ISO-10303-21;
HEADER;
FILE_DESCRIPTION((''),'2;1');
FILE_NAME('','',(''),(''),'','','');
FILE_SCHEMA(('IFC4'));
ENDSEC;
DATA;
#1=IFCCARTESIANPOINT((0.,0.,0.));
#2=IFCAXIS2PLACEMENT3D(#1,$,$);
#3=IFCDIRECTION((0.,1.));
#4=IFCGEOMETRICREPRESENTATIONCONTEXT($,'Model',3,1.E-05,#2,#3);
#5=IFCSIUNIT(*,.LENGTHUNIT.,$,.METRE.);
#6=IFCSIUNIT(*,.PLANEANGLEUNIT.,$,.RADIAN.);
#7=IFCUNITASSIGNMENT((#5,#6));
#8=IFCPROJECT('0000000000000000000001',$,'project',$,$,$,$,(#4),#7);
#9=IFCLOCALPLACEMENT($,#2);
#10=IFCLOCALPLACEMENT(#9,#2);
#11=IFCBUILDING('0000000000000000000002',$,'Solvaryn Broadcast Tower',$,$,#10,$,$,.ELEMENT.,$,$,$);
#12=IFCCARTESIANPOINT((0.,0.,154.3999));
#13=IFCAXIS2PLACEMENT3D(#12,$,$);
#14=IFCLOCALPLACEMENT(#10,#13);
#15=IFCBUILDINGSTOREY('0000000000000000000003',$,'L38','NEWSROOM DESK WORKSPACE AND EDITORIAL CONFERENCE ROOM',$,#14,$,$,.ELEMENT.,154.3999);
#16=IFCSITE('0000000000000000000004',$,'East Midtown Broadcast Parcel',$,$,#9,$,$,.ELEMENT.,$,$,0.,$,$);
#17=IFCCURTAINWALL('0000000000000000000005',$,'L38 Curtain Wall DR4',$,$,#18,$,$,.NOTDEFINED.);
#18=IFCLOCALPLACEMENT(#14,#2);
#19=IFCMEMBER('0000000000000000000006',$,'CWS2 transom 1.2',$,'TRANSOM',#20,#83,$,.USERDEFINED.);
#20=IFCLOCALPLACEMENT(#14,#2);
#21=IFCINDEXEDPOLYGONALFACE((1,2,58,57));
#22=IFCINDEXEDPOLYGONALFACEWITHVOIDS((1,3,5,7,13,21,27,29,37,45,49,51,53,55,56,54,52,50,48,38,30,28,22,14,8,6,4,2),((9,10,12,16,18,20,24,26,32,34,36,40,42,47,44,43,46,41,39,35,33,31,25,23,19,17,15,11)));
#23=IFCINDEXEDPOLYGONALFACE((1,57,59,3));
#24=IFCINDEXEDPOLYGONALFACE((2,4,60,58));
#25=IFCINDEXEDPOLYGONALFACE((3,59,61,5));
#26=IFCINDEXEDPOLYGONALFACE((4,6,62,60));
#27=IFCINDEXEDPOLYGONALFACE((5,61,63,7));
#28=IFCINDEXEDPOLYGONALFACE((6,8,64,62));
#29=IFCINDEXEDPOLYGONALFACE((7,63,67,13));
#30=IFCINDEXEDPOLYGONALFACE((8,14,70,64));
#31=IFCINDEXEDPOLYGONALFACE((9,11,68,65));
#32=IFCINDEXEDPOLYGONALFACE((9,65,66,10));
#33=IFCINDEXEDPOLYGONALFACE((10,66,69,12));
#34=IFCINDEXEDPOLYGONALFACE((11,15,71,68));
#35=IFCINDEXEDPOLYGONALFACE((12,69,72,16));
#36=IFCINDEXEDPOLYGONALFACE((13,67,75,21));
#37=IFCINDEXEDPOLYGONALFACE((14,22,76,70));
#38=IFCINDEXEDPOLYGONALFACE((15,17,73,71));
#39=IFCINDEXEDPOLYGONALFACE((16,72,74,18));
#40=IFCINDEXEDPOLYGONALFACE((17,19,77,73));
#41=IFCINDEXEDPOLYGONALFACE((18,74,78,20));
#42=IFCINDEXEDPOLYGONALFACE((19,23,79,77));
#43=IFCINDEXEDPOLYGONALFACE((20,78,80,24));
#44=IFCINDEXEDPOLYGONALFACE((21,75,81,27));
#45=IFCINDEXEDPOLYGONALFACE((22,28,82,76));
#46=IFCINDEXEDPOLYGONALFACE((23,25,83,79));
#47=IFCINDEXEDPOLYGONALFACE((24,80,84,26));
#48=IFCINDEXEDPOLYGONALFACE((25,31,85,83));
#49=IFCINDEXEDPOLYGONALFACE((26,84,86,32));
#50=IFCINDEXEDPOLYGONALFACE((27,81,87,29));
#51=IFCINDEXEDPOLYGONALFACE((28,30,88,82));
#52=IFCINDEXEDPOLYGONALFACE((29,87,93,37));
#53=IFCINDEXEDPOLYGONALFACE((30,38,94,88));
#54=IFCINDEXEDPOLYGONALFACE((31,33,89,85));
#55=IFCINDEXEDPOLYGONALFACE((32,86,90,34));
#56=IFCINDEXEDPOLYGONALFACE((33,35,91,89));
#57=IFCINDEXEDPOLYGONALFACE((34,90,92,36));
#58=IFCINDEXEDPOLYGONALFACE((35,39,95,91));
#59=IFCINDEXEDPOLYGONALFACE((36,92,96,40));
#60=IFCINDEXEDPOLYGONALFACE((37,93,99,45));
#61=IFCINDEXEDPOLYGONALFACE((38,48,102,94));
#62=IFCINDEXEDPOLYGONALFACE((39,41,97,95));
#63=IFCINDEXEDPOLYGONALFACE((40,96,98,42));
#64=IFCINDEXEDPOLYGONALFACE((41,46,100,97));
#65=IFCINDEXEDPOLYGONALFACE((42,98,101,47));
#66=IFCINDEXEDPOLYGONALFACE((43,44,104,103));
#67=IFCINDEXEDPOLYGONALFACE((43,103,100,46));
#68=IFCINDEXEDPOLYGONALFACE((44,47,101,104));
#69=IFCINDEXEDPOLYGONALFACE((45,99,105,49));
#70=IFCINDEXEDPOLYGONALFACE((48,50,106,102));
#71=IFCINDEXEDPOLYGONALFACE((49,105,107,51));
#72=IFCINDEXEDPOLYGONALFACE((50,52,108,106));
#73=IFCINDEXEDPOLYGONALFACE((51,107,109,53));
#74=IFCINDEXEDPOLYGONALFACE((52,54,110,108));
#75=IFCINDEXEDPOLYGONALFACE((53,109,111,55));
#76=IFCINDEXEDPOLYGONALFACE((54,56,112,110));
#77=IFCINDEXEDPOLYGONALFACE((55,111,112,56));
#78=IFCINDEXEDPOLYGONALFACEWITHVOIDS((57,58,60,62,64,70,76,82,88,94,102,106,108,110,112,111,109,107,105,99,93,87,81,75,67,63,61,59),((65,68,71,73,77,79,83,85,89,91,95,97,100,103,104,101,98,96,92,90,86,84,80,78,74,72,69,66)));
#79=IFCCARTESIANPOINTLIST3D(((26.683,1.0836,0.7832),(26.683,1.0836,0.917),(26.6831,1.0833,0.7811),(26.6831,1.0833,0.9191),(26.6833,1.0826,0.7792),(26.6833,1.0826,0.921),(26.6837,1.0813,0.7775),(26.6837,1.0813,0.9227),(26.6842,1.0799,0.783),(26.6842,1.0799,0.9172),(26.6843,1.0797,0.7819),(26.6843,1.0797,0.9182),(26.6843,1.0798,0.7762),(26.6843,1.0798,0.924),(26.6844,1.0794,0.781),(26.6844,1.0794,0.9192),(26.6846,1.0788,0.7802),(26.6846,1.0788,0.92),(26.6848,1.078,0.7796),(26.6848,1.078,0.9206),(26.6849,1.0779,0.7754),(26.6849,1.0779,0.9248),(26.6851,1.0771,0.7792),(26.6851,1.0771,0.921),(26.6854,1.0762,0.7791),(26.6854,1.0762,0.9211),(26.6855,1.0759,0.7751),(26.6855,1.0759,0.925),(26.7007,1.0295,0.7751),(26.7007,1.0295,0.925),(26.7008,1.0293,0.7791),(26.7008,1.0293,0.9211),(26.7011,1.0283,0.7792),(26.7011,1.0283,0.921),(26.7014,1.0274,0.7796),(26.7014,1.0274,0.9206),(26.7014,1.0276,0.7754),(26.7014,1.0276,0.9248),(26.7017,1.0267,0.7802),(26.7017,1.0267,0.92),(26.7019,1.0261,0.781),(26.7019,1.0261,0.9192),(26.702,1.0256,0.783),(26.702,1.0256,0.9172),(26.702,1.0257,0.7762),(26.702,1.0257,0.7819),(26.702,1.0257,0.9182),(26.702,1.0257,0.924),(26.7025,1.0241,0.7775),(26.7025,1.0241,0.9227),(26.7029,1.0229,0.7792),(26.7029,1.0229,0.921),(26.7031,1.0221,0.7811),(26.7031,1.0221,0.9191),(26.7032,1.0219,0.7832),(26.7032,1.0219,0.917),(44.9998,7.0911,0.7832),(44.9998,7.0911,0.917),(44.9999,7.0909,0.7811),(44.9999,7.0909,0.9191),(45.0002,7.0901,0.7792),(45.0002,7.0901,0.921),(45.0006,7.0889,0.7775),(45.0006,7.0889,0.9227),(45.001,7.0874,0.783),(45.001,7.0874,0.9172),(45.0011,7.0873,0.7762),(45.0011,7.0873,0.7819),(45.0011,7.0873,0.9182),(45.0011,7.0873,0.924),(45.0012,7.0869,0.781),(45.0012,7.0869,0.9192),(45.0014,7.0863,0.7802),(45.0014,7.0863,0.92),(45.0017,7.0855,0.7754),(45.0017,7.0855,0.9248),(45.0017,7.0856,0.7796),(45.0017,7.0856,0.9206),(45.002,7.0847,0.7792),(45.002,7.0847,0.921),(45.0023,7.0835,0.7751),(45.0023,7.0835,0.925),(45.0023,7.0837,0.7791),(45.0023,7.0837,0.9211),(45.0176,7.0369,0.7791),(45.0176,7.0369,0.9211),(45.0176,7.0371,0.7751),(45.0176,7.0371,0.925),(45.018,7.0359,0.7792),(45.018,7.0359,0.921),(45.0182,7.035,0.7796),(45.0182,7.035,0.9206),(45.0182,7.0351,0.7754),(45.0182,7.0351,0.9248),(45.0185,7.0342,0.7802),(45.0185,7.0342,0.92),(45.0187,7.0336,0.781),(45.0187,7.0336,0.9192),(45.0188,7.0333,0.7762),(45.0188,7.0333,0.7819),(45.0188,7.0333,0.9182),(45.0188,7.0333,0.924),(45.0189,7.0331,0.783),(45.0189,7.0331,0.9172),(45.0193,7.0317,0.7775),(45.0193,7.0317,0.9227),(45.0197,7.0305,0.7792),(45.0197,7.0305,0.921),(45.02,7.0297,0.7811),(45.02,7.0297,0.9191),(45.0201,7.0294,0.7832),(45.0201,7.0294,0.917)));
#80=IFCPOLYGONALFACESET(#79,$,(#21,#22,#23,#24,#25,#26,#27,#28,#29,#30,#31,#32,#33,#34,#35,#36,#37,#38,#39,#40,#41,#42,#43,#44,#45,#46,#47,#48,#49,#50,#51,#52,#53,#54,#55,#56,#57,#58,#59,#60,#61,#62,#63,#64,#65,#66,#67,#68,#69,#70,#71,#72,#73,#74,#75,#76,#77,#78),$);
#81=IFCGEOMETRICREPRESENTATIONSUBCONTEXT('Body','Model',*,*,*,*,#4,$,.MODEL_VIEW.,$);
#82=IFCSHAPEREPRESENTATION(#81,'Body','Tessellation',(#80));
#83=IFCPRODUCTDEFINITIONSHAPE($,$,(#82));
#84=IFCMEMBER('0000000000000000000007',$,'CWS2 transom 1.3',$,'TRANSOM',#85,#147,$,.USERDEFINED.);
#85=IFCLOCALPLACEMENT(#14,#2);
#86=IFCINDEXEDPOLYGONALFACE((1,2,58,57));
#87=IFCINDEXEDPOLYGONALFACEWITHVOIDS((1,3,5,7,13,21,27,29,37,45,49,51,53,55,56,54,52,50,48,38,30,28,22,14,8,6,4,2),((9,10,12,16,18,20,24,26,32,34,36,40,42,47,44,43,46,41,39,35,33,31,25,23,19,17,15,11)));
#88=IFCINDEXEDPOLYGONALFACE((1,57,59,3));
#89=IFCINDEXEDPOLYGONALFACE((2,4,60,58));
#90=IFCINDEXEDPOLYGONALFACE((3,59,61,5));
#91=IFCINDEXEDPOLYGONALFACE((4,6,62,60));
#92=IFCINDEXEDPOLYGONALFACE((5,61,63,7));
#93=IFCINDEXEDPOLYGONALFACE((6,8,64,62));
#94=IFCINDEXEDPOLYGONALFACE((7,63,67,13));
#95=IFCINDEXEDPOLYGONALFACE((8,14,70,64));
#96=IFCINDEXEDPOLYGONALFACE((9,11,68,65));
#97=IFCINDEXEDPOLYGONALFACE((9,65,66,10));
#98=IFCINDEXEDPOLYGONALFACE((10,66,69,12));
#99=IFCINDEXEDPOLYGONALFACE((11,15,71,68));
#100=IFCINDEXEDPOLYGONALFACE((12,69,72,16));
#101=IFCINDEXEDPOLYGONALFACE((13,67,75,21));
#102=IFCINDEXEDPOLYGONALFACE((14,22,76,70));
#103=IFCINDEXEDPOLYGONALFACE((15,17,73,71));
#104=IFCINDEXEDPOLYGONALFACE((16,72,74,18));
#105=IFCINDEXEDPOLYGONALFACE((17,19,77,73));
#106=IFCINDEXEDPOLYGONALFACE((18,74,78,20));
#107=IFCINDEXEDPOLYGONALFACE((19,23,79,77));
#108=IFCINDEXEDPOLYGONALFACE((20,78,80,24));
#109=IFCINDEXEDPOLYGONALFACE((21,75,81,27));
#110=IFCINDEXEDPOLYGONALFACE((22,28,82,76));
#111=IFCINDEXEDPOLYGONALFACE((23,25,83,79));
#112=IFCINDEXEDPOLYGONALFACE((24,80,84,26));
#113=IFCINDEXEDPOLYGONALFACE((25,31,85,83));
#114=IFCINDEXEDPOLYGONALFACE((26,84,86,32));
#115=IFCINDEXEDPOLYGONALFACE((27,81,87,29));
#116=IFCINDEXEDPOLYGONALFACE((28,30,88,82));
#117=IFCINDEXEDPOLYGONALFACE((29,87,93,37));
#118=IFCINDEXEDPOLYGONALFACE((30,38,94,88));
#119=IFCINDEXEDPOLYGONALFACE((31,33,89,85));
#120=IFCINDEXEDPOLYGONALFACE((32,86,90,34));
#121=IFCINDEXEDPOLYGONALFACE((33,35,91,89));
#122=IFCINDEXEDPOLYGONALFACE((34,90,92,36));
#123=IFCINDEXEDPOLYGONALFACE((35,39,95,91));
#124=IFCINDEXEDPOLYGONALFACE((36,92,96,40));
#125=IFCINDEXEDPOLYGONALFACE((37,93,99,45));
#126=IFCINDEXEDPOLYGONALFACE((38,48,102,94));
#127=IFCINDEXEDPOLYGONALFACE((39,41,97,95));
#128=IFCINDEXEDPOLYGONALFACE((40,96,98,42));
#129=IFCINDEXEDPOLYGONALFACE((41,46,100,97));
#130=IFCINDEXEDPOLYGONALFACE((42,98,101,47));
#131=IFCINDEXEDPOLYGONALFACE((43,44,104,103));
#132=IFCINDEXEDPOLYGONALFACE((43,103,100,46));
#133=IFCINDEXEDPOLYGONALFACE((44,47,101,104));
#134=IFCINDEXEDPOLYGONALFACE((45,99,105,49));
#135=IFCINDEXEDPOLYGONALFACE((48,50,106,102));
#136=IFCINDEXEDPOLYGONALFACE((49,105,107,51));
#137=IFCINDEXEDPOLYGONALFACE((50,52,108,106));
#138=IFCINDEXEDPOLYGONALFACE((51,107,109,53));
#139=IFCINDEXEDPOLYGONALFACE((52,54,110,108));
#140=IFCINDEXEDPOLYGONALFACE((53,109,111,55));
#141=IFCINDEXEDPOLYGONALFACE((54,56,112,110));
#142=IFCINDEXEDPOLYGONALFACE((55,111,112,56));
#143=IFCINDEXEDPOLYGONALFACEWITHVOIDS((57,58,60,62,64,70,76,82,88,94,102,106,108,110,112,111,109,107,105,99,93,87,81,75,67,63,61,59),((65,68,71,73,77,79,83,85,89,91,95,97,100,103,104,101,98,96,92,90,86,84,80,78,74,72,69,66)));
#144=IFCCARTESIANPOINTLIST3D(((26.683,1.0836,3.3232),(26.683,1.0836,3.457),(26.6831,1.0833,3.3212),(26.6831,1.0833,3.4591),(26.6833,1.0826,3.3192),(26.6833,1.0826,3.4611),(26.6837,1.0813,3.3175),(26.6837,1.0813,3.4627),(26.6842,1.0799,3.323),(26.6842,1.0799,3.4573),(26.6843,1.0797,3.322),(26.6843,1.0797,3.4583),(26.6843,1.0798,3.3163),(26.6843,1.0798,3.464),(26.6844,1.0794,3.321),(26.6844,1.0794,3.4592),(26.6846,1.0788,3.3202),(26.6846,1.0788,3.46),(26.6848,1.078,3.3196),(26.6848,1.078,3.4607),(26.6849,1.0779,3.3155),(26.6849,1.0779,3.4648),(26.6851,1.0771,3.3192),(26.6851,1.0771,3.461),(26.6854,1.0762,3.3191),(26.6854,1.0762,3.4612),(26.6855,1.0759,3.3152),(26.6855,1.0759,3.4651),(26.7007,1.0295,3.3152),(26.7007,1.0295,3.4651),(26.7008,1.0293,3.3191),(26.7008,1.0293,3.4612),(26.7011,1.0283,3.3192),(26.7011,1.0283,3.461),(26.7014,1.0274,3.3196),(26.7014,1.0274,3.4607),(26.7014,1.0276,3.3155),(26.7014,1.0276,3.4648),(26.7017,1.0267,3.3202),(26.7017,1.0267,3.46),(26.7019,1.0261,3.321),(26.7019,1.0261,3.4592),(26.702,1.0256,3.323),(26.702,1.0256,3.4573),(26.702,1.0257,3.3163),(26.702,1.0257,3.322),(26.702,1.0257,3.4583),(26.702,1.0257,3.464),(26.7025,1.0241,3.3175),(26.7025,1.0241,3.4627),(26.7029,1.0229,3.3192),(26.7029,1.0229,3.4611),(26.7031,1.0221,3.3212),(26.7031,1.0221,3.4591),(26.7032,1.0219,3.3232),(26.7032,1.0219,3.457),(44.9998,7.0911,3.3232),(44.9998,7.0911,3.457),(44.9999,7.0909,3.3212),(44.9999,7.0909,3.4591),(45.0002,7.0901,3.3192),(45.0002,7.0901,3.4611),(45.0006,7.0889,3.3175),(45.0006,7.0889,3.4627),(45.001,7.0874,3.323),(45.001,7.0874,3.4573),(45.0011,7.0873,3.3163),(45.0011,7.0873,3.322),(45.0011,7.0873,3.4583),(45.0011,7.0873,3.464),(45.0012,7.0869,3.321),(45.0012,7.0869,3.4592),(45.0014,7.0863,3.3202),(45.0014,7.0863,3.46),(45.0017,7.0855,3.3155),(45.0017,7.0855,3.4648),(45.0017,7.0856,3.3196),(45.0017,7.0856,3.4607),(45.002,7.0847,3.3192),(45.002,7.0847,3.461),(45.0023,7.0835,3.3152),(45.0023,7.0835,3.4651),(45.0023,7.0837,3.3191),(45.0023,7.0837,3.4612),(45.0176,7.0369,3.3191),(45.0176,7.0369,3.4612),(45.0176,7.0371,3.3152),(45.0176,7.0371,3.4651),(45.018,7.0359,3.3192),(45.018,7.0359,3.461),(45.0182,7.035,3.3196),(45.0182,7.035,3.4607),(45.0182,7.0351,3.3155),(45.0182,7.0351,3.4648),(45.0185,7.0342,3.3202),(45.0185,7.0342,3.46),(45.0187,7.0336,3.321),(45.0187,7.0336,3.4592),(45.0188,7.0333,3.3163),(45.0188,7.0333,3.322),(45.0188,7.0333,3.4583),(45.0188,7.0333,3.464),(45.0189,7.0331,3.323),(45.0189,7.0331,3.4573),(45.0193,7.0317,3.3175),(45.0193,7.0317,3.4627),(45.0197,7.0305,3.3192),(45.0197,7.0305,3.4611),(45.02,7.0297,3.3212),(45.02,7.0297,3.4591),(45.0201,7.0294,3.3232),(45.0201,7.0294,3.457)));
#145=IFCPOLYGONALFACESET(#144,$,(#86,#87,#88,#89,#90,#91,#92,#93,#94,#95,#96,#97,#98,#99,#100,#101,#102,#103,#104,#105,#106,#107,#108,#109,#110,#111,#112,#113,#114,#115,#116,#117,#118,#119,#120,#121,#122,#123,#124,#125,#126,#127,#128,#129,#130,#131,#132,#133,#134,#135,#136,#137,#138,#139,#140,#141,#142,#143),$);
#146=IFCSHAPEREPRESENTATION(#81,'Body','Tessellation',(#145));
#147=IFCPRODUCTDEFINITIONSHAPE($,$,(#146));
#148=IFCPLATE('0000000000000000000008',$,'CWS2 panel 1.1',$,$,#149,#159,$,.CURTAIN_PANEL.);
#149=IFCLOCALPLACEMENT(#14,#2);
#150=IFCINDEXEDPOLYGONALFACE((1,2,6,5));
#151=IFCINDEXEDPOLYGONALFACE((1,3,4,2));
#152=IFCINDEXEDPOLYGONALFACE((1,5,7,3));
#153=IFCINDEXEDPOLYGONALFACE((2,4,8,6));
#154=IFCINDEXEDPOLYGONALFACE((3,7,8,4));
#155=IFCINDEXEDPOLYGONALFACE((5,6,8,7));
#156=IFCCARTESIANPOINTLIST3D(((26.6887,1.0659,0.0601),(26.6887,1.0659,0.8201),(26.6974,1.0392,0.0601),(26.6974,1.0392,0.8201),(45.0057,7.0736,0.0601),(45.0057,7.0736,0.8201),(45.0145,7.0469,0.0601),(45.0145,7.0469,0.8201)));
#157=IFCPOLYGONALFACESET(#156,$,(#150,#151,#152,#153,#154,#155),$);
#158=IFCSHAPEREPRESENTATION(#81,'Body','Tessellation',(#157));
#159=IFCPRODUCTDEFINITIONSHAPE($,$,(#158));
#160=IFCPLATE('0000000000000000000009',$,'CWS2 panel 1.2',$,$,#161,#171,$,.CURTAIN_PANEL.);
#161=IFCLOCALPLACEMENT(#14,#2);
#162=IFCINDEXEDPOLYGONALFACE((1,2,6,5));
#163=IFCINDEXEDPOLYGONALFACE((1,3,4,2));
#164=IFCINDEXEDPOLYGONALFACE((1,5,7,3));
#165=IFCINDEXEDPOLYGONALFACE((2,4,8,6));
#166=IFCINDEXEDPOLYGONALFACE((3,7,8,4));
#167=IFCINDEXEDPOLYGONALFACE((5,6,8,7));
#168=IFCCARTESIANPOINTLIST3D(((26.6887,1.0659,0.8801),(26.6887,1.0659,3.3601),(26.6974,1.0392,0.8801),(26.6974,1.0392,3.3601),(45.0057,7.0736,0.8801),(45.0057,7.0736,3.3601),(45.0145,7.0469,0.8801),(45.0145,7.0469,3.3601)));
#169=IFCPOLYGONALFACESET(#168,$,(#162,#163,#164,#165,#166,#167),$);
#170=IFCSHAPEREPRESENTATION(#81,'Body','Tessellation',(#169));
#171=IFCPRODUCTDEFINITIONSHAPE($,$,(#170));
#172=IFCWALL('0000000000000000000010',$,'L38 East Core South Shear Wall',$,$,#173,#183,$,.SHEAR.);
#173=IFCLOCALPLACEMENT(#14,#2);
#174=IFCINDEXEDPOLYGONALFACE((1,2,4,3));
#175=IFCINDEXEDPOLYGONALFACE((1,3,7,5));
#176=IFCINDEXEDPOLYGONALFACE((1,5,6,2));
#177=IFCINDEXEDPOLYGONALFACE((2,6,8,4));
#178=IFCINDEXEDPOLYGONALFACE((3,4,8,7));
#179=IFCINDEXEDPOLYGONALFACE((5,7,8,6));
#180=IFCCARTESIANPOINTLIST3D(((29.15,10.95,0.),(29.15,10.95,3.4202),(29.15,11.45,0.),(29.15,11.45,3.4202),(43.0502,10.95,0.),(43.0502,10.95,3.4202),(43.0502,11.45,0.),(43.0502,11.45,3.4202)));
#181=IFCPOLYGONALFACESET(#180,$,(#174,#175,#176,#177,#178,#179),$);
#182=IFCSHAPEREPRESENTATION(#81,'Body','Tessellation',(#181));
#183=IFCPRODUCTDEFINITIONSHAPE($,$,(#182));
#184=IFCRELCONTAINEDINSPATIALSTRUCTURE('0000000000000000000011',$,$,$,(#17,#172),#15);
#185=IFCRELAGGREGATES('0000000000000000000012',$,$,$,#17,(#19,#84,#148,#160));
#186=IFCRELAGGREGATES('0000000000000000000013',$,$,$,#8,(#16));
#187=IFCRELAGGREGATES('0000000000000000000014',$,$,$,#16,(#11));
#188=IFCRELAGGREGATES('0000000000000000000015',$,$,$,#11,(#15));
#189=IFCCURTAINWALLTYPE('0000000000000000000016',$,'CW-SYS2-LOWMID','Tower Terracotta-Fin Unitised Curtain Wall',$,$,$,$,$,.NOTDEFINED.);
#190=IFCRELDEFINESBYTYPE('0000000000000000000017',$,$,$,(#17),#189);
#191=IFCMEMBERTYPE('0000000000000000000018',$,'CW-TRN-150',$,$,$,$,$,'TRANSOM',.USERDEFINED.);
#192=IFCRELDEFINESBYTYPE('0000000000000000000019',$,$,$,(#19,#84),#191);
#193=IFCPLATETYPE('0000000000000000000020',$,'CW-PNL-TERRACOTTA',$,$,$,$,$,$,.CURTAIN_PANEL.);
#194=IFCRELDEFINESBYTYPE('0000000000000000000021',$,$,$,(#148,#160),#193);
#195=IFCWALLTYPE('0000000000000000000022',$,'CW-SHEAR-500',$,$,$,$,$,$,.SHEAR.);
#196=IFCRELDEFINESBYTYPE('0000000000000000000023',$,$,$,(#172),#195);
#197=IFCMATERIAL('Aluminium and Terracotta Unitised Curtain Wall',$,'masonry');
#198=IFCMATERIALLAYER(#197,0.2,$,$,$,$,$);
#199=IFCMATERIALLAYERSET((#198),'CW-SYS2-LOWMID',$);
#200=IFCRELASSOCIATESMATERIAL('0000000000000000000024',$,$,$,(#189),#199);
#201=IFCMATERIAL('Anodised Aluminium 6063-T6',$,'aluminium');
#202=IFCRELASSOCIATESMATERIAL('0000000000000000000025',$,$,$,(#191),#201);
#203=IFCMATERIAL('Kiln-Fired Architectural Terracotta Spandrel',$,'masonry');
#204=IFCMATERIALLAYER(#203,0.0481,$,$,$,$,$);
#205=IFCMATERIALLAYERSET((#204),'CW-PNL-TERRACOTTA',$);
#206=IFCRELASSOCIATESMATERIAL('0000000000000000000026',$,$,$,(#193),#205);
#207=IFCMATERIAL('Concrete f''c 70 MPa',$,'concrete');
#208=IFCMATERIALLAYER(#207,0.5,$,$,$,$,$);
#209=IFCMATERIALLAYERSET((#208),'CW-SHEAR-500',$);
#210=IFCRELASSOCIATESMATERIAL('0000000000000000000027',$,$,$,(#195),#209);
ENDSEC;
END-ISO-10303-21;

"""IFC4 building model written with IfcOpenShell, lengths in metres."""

from ifc_helpers import new_model, si_unit, direction, frame, frame_2d, origin, origin_2d, place, context, subcontext, project, spatial, rectangle, hollow_rectangle, extrude, material, layer, layer_set, material_profile, profile_set, type_object, element, aggregate, save


model = new_model("IFC4")

# Units and contexts
model_context = context("Model", 3, precision=1e-05, world=origin(), true_north=direction((0.0, 1.0)))
body_context = subcontext(model_context, "Body", "Model", "MODEL_VIEW")
ifc_project = project(units=[si_unit("LENGTHUNIT", "METRE"), si_unit("PLANEANGLEUNIT", "RADIAN")], contexts=[model_context])

# Site, building, storey
site_placement = place(None, origin())
site = spatial("IfcSite", under=ifc_project, at=site_placement, Name="East Midtown Broadcast Parcel", CompositionType="ELEMENT", RefElevation=0.0)
building_placement = place(site_placement, origin())
building = spatial("IfcBuilding", under=site, at=building_placement, Name="Solvaryn Broadcast Tower", CompositionType="ELEMENT")
storey_placement = place(building_placement, frame((0.0, 0.0, 154.3999)))
storey = spatial("IfcBuildingStorey", under=building, at=storey_placement, Name="L38", Description="NEWSROOM DESK WORKSPACE AND EDITORIAL CONFERENCE ROOM", CompositionType="ELEMENT", Elevation=154.3999)

# Shared definitions
ifc_material_1 = material(Name="Aluminium and Terracotta Unitised Curtain Wall", Category="masonry")
ifc_layer_1 = layer(ifc_material_1, 0.2)
ifc_layer_set_1 = layer_set([ifc_layer_1], Name="CW-SYS2-LOWMID")
curtain_wall_type = type_object("IfcCurtainWallType", Name="CW-SYS2-LOWMID", Description="Tower Terracotta-Fin Unitised Curtain Wall", PredefinedType="NOTDEFINED", material=ifc_layer_set_1)

# Curtain wall, members, plates
curtain_wall_1_placement = place(storey_placement, origin())
curtain_wall_1 = element("IfcCurtainWall", 1, at=curtain_wall_1_placement, inside=storey, type_object=curtain_wall_type, Name="L38 Curtain Wall DR4", PredefinedType="NOTDEFINED")
ifc_material_2 = material(Name="Anodised Aluminium 6063-T6", Category="aluminium")
ifc_material_profile_1 = material_profile(ifc_material_2, hollow_rectangle(XDim=0.0649, YDim=0.1499, WallThickness=0.0039, InnerFilletRadius=0.0039, OuterFilletRadius=0.0081, at=origin_2d()))
ifc_profile_set_1 = profile_set([ifc_material_profile_1], Name="Anodised Aluminium 6063-T6")
member_type_1 = type_object("IfcMemberType", Name="CW-TRN-150", ElementType="TRANSOM", PredefinedType="USERDEFINED", material=ifc_profile_set_1)
member_1_placement = place(storey_placement, frame((26.6931, 1.0527, 0.8501), z_axis=(0.950198, 0.311646, 0.0), x_axis=(-0.311646, 0.950198, 0.0)))
member_1 = element("IfcMember", 2, at=member_1_placement, type_object=member_type_1, Name="CWS2 transom 1.2", ObjectType="TRANSOM", PredefinedType="USERDEFINED", context=body_context, shape_type="SweptSolid", body=[
    extrude(hollow_rectangle(XDim=0.0649, YDim=0.1499, WallThickness=0.0039, InnerFilletRadius=0.0039, OuterFilletRadius=0.0081, at=origin_2d()), origin(), (0.0, 0.0, 1.0), 19.2769),
])
member_2_placement = place(storey_placement, frame((26.6931, 1.0527, 3.3901), z_axis=(0.950198, 0.311646, 0.0), x_axis=(-0.311646, 0.950198, 0.0)))
member_2 = element("IfcMember", 3, at=member_2_placement, type_object=member_type_1, Name="CWS2 transom 1.3", ObjectType="TRANSOM", PredefinedType="USERDEFINED", context=body_context, shape_type="SweptSolid", body=[
    extrude(hollow_rectangle(XDim=0.0649, YDim=0.1499, WallThickness=0.0039, InnerFilletRadius=0.0039, OuterFilletRadius=0.0081, at=origin_2d()), origin(), (0.0, 0.0, 1.0), 19.2769),
])
ifc_material_3 = material(Name="Kiln-Fired Architectural Terracotta Spandrel", Category="masonry")
ifc_layer_2 = layer(ifc_material_3, 0.0481)
ifc_layer_set_2 = layer_set([ifc_layer_2], Name="CW-PNL-TERRACOTTA")
plate_type = type_object("IfcPlateType", Name="CW-PNL-TERRACOTTA", PredefinedType="CURTAIN_PANEL", material=ifc_layer_set_2)
plate_1_placement = place(storey_placement, frame((35.8516, 4.0564, 0.0601), z_axis=(0.0, 0.0, 1.0), x_axis=(0.950198, 0.311646, 0.0)))
plate_1 = element("IfcPlate", 4, at=plate_1_placement, type_object=plate_type, Name="CWS2 panel 1.1", PredefinedType="CURTAIN_PANEL", context=body_context, shape_type="SweptSolid", body=[
    extrude(rectangle(XDim=19.2771, YDim=0.0281, at=origin_2d()), origin(), (0.0, 0.0, 1.0), 0.76),
])
plate_2_placement = place(storey_placement, frame((35.8516, 4.0564, 0.8801), z_axis=(0.0, 0.0, 1.0), x_axis=(0.950198, 0.311646, 0.0)))
plate_2 = element("IfcPlate", 5, at=plate_2_placement, type_object=plate_type, Name="CWS2 panel 1.2", PredefinedType="CURTAIN_PANEL", context=body_context, shape_type="SweptSolid", body=[
    extrude(rectangle(XDim=19.2771, YDim=0.0281, at=origin_2d()), origin(), (0.0, 0.0, 1.0), 2.48),
])
aggregate(curtain_wall_1, [member_1, member_2, plate_1, plate_2])

# Wall
ifc_material_4 = material(Name="Concrete f'c 70 MPa", Category="concrete")
ifc_layer_3 = layer(ifc_material_4, 0.5)
ifc_layer_set_3 = layer_set([ifc_layer_3], Name="CW-SHEAR-500")
wall_type_1 = type_object("IfcWallType", Name="CW-SHEAR-500", PredefinedType="SHEAR", material=ifc_layer_set_3)
wall_1_placement = place(storey_placement, frame((29.1499, 11.2, 0.0), z_axis=(0.0, 0.0, 1.0), x_axis=(1.0, 0.0, 0.0)))
element("IfcWall", 6, at=wall_1_placement, inside=storey, type_object=wall_type_1, Name="L38 East Core South Shear Wall", PredefinedType="SHEAR", context=body_context, shape_type="SweptSolid", body=[
    extrude(rectangle(XDim=13.9001, YDim=0.5, at=frame_2d((6.9502, 0.0))), origin(), (0.0, 0.0, 1.0), 3.4202),
])

save(model, "model.ifc")
